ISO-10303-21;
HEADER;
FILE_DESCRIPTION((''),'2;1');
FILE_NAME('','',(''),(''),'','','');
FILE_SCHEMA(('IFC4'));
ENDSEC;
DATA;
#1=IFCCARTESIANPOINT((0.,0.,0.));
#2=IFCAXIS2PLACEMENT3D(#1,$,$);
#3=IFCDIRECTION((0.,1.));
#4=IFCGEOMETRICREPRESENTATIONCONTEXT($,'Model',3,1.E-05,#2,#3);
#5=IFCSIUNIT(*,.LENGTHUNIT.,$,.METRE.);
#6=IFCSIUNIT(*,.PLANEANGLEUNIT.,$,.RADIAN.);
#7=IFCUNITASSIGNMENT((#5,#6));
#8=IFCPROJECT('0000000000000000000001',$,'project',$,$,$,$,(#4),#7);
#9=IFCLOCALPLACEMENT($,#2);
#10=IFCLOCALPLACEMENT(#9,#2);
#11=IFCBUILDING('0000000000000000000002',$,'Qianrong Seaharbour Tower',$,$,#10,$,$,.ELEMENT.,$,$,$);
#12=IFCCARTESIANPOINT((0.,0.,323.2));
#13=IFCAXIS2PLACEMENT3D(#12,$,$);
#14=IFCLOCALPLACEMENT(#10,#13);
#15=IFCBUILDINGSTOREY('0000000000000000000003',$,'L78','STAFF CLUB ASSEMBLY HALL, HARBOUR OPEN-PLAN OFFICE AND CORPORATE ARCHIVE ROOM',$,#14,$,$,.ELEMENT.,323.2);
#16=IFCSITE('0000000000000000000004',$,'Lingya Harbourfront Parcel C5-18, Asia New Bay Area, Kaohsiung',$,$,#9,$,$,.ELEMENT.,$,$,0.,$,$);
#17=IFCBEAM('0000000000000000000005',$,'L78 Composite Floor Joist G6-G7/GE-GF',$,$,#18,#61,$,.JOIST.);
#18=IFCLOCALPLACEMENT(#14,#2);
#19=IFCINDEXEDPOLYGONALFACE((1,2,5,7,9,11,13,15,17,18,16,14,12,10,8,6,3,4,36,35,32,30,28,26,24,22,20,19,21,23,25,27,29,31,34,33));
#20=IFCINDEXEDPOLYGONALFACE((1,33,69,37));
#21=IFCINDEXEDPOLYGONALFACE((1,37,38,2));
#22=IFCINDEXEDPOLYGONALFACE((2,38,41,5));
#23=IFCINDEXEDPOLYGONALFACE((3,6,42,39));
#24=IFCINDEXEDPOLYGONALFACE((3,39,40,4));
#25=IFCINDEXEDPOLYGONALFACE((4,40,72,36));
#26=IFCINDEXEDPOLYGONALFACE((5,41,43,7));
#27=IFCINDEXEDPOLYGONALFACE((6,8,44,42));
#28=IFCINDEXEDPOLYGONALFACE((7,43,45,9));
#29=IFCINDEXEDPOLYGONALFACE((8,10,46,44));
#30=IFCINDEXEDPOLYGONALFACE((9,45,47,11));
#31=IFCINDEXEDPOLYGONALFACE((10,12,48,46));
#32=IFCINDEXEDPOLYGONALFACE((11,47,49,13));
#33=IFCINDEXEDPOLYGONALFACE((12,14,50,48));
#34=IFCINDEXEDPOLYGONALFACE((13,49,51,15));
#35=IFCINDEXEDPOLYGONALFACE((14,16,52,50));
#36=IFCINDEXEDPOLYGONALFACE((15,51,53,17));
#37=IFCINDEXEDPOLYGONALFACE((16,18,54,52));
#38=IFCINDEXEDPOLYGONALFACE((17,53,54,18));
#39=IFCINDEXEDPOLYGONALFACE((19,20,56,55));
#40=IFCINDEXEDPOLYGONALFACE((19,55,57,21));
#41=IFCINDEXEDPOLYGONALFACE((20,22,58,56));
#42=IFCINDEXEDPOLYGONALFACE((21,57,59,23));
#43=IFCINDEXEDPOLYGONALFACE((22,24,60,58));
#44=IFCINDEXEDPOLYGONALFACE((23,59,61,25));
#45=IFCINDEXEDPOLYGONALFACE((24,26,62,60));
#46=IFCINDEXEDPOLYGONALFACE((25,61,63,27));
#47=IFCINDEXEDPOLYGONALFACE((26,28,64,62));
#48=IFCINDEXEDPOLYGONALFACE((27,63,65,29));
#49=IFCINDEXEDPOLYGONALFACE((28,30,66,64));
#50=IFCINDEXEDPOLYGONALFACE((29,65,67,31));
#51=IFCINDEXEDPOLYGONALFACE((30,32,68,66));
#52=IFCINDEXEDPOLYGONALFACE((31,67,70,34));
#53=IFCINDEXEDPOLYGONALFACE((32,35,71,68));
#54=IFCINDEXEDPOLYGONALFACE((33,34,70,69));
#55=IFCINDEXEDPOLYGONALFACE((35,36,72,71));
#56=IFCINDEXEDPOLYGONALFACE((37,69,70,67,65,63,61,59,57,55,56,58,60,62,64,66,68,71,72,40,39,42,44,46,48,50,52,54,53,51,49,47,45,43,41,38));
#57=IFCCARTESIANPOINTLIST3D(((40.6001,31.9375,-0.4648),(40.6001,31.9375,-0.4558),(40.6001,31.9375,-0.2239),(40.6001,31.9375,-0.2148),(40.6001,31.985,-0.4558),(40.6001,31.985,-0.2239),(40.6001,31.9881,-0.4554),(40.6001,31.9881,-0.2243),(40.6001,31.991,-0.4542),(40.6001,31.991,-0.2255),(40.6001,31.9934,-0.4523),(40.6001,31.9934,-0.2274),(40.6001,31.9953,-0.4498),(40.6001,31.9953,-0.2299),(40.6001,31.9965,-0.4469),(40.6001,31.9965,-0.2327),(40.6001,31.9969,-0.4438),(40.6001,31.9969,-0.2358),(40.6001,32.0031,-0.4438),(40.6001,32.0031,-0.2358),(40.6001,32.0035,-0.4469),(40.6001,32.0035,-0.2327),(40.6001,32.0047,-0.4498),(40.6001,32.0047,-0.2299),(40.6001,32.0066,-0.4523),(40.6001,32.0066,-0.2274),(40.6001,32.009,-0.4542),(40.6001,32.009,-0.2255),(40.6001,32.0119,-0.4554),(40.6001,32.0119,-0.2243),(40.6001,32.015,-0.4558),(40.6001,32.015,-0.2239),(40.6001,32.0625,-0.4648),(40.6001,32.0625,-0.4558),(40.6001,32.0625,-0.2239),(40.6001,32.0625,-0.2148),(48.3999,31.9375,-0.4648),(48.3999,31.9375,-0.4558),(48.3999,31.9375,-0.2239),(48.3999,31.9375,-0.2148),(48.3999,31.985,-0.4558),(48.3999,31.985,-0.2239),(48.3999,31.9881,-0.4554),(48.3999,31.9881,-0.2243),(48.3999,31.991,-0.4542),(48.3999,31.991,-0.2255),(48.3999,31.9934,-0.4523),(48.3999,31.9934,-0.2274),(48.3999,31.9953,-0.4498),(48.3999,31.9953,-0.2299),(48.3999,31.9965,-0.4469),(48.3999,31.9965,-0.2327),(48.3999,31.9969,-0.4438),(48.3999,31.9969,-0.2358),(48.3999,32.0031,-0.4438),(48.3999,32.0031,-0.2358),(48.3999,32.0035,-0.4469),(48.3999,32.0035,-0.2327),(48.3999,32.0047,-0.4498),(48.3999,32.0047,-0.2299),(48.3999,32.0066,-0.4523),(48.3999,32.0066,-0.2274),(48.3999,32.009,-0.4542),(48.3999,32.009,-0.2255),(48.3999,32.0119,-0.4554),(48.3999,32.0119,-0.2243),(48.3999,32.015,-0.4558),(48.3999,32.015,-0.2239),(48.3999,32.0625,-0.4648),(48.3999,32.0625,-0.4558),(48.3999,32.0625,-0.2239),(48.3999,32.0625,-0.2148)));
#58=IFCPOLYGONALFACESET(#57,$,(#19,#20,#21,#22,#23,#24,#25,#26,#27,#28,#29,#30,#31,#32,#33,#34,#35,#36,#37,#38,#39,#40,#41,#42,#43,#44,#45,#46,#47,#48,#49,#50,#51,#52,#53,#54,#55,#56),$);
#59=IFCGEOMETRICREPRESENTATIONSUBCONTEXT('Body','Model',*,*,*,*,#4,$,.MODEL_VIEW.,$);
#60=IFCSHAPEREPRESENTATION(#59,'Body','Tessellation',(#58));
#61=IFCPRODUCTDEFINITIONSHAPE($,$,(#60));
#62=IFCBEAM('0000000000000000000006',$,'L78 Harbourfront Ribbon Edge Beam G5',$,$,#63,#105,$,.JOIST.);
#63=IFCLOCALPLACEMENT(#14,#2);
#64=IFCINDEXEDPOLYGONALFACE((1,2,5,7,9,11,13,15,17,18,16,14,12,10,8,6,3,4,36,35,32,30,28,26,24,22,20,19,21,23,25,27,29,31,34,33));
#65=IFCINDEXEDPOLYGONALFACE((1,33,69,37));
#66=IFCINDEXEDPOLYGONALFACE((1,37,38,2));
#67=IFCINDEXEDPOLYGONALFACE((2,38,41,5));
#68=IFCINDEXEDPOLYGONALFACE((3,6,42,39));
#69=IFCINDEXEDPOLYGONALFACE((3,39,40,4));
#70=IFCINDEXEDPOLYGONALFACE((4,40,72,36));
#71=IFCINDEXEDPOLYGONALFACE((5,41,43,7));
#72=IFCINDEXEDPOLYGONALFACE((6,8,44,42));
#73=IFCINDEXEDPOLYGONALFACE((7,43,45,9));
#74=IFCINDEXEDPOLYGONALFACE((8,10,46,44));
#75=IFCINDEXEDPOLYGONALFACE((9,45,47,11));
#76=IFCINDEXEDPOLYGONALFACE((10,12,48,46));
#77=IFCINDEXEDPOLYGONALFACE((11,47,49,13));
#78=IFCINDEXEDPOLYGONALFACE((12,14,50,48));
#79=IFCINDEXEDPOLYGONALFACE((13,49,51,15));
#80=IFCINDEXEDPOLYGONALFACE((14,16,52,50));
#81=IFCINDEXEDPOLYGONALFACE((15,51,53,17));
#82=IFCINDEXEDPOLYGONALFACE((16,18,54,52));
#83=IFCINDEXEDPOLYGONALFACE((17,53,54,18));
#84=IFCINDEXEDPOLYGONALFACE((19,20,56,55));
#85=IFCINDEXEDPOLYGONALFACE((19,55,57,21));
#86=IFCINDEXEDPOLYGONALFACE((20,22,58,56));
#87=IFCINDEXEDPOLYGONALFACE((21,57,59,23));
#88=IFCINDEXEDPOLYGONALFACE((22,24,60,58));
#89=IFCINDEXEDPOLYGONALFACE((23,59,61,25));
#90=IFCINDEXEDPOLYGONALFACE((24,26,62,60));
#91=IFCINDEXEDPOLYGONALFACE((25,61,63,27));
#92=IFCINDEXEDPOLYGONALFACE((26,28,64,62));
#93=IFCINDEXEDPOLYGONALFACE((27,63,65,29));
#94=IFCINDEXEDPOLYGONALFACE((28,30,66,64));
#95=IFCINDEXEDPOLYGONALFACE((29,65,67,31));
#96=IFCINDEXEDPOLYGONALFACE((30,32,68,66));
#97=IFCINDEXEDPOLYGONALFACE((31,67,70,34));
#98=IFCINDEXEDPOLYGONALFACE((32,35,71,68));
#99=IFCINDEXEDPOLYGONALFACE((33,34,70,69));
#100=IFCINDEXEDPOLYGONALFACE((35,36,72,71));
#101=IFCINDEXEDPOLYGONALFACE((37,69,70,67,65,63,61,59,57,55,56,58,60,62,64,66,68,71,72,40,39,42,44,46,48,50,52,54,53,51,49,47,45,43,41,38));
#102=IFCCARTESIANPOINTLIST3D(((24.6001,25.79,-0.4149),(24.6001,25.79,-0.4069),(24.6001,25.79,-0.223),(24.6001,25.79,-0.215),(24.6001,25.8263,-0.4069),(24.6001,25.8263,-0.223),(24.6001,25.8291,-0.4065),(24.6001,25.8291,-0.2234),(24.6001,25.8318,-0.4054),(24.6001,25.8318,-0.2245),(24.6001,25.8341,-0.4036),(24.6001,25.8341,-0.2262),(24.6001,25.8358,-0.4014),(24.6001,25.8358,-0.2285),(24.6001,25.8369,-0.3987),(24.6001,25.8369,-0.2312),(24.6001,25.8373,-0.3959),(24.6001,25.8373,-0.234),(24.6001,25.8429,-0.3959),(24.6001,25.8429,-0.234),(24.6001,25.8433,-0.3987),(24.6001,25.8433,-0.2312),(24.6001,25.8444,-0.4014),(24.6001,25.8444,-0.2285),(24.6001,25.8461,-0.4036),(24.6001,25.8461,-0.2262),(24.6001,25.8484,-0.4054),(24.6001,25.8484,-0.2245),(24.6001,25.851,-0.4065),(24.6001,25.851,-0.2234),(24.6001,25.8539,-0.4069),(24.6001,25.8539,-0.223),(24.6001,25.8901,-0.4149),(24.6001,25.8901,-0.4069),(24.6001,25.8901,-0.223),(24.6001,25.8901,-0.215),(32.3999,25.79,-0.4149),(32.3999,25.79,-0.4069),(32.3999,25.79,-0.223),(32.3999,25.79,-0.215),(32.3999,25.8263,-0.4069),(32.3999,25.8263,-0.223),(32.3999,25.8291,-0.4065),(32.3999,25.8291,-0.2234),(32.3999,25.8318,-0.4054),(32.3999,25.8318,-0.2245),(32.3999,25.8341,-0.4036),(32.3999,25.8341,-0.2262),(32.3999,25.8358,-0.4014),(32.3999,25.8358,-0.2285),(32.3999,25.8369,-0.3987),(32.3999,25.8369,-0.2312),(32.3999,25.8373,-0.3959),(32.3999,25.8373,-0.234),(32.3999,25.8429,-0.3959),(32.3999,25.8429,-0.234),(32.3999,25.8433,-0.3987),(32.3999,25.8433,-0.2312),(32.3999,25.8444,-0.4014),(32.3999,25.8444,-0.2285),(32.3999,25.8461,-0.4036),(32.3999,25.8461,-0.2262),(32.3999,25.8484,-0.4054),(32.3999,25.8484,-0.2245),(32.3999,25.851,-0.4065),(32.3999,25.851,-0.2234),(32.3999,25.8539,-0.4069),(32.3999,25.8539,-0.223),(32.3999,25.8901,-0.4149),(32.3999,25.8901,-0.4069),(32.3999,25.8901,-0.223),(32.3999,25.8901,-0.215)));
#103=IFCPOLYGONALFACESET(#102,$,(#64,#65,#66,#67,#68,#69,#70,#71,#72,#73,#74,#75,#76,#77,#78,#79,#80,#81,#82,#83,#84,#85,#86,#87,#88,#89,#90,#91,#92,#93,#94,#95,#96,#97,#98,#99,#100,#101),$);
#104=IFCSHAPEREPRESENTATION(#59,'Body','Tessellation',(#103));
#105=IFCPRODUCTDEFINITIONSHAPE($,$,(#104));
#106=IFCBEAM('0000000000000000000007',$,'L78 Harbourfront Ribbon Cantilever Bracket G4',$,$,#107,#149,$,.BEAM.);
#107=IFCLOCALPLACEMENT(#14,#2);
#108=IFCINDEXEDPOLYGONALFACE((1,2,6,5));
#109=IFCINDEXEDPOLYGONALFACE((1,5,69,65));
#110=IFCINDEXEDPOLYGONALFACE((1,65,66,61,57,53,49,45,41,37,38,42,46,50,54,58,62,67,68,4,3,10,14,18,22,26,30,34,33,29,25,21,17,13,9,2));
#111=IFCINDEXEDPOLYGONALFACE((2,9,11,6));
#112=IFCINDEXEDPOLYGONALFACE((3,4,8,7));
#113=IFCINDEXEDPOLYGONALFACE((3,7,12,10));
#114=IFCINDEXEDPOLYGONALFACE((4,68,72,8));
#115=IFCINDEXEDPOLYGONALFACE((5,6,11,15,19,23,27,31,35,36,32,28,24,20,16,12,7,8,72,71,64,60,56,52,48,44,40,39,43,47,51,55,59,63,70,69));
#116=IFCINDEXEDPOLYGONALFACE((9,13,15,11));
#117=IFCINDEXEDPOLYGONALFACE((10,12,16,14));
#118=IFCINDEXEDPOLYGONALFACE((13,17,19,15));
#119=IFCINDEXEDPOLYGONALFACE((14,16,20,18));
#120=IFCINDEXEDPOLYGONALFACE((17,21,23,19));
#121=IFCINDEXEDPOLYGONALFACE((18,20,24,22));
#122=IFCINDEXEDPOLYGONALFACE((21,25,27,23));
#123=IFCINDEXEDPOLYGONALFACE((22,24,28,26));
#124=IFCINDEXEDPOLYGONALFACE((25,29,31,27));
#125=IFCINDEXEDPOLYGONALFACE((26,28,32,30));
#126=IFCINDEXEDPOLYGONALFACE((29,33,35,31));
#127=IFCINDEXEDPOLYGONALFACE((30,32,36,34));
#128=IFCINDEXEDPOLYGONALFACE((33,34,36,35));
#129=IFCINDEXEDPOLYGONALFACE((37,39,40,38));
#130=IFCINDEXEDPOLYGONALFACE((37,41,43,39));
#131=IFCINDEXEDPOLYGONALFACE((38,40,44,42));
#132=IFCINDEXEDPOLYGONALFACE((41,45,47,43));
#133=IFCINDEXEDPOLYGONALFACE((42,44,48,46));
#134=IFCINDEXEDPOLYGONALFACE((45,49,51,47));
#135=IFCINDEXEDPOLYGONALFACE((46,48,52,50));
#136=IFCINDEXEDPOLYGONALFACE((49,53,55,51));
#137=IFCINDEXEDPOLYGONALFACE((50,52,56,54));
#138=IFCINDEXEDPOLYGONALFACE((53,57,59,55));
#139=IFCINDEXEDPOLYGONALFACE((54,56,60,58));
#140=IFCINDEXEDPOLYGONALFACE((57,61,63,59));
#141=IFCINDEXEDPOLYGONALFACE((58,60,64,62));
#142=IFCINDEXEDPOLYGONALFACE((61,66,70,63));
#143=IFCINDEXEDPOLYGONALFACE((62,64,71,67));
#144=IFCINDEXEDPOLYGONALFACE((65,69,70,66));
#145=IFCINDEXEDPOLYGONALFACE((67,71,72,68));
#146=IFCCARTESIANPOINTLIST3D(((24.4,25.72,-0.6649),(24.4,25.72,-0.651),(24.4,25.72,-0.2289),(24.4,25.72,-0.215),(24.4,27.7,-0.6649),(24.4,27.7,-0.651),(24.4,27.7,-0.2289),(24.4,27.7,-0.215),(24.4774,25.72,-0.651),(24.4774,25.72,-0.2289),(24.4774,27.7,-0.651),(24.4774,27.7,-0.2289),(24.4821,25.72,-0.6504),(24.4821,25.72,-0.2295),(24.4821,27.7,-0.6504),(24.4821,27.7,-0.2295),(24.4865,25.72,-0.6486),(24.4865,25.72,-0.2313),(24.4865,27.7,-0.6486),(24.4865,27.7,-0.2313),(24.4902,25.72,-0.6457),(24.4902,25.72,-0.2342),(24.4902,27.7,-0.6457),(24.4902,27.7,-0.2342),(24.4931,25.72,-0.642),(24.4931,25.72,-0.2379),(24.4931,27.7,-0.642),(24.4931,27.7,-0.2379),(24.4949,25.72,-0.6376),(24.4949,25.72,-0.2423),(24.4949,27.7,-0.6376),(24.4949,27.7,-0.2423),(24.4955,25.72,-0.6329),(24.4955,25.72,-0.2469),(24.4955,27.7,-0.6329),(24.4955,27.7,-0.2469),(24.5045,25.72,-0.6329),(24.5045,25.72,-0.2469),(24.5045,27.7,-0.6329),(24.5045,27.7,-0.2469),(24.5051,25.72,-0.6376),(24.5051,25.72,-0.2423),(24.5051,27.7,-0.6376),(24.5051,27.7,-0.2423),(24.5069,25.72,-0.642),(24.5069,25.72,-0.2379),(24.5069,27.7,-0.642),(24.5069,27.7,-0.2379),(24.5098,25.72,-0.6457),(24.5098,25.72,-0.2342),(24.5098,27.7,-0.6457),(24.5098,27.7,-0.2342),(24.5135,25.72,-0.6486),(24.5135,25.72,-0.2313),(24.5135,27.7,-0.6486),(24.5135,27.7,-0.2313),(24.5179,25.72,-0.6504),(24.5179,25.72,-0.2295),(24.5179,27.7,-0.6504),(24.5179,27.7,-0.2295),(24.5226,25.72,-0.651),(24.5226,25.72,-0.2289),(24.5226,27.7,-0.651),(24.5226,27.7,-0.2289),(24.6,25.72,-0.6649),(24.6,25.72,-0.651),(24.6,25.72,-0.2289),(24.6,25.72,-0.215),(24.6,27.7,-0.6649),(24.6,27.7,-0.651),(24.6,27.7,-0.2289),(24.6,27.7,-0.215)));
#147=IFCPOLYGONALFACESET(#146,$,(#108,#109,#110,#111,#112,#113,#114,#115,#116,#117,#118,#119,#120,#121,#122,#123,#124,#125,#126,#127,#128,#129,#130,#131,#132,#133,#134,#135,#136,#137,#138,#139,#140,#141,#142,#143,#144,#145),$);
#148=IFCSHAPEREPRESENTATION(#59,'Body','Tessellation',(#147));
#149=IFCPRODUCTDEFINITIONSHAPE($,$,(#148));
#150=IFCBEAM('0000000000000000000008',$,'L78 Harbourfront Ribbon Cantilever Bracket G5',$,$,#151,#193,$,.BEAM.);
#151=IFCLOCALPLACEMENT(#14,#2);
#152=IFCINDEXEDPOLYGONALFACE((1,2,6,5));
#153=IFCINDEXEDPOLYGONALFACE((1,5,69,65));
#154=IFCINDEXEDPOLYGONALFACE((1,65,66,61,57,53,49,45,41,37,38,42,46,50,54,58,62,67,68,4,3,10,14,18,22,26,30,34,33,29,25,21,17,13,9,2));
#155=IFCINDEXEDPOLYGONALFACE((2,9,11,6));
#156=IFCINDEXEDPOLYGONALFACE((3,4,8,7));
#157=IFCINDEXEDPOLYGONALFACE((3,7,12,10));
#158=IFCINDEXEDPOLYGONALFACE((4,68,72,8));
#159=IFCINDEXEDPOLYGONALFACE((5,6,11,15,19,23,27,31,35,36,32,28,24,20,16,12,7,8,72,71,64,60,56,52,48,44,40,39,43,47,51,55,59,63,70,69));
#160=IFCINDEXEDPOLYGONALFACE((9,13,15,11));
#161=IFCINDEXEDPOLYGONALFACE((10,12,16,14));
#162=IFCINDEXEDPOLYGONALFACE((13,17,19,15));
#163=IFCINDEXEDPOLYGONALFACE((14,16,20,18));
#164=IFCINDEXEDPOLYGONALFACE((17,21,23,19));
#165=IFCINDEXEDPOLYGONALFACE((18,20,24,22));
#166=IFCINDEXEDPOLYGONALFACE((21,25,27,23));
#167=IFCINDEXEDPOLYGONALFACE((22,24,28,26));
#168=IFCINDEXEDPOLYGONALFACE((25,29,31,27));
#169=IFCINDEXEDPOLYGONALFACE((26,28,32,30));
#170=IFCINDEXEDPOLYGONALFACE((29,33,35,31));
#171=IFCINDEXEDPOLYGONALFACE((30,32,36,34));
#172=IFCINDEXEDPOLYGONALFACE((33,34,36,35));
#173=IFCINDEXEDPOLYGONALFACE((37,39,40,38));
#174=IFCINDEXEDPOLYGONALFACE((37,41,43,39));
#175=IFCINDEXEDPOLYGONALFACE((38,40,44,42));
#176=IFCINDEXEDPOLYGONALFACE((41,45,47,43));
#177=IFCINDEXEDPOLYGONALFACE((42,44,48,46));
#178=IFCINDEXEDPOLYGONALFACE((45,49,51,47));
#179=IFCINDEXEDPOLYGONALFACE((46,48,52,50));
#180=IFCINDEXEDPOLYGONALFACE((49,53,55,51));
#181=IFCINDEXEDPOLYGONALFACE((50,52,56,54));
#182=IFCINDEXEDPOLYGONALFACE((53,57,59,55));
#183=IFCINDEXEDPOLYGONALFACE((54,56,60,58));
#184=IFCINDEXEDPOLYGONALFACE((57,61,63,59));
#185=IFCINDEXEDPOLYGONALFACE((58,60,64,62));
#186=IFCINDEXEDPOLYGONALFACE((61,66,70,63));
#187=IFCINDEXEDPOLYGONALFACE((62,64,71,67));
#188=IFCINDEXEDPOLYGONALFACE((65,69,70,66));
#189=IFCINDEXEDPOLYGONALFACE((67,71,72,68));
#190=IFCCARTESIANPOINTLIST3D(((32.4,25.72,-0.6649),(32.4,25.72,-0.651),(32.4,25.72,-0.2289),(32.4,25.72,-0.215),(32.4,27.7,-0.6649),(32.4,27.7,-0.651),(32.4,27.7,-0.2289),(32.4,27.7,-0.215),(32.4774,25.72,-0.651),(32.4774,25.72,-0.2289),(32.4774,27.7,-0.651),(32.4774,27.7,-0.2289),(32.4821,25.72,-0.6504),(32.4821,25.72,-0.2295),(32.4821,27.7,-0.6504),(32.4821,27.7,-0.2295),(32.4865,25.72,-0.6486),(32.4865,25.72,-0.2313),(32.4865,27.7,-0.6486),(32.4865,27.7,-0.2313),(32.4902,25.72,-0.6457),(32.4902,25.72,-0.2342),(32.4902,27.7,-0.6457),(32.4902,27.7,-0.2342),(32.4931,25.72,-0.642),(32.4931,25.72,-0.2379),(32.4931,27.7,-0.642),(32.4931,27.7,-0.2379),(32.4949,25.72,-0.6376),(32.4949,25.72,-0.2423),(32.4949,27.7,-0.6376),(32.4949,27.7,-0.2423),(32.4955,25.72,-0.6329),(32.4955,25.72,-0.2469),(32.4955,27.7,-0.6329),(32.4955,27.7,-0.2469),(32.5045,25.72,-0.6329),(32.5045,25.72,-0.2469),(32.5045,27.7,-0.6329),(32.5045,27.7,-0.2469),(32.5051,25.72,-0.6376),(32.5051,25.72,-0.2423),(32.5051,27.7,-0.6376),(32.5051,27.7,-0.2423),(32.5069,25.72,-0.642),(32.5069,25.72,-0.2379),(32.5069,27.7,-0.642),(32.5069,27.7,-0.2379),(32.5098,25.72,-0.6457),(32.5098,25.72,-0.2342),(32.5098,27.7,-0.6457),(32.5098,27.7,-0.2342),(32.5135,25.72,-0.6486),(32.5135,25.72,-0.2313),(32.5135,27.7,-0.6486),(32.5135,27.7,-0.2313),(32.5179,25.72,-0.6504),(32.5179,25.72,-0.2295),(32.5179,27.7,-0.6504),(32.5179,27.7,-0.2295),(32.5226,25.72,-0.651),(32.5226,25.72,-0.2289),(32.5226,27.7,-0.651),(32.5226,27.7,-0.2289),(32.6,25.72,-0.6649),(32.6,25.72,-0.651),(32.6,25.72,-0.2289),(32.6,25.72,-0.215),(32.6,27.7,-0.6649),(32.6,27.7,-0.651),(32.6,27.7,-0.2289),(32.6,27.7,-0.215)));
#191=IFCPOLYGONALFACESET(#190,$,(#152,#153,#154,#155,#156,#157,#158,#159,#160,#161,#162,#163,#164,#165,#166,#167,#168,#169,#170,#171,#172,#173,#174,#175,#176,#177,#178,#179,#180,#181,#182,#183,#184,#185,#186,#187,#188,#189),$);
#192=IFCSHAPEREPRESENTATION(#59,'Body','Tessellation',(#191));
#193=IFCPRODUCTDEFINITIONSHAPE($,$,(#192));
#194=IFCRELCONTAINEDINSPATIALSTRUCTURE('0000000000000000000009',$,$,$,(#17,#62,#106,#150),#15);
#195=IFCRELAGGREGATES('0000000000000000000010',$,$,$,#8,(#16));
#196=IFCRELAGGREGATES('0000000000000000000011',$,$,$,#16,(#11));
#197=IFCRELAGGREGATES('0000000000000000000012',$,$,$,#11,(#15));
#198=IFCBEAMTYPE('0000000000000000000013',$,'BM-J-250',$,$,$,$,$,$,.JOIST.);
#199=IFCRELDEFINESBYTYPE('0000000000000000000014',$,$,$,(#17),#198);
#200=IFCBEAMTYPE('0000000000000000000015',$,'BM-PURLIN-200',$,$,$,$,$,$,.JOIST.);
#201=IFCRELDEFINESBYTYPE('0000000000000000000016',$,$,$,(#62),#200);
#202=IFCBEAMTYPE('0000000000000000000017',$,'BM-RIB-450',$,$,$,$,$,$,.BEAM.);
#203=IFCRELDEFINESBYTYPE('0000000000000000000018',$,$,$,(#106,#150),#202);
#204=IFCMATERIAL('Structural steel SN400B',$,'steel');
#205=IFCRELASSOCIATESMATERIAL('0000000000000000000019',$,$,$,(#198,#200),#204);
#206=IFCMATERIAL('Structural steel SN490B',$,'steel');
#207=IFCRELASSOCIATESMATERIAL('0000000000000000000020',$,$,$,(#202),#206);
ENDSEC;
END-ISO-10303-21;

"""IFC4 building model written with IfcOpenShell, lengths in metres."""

from ifc_helpers import new_model, si_unit, direction, frame, origin, origin_2d, place, context, subcontext, project, spatial, i_section, extrude, material, material_profile, profile_set, type_object, element, save


model = new_model("IFC4")

# Units and contexts
model_context = context("Model", 3, precision=1e-05, world=origin(), true_north=direction((0.0, 1.0)))
body_context = subcontext(model_context, "Body", "Model", "MODEL_VIEW")
ifc_project = project(units=[si_unit("LENGTHUNIT", "METRE"), si_unit("PLANEANGLEUNIT", "RADIAN")], contexts=[model_context])

# Site, building, storey
site_placement = place(None, origin())
site = spatial("IfcSite", under=ifc_project, at=site_placement, Name="Lingya Harbourfront Parcel C5-18, Asia New Bay Area, Kaohsiung", CompositionType="ELEMENT", RefElevation=0.0)
building_placement = place(site_placement, origin())
building = spatial("IfcBuilding", under=site, at=building_placement, Name="Qianrong Seaharbour Tower", CompositionType="ELEMENT")
storey_placement = place(building_placement, frame((0.0, 0.0, 323.2)))
storey = spatial("IfcBuildingStorey", under=building, at=storey_placement, Name="L78", Description="STAFF CLUB ASSEMBLY HALL, HARBOUR OPEN-PLAN OFFICE AND CORPORATE ARCHIVE ROOM", CompositionType="ELEMENT", Elevation=323.2)

# Shared definitions
ifc_material_1 = material(Name="Structural steel SN490B", Category="steel")
ifc_material_2 = material(Name="Structural steel SN400B", Category="steel")

# Beams
ifc_material_profile_1 = material_profile(ifc_material_2, i_section(OverallWidth=0.125, OverallDepth=0.25, WebThickness=0.0061, FlangeThickness=0.009, FilletRadius=0.012, at=origin_2d()), Name="H250x125x6x9")
ifc_profile_set_1 = profile_set([ifc_material_profile_1], Name="Structural steel SN400B")
beam_type_1 = type_object("IfcBeamType", Name="BM-J-250", PredefinedType="JOIST", material=ifc_profile_set_1)
for number, where, z_axis, x_axis, name in (
    (1, (40.6001, 32.0, -0.3398), (1.0, 0.0, 0.0), (0.0, 1.0, 0.0), "L78 Composite Floor Joist G6-G7/GE-GF"),
):
    element("IfcBeam", number, at=place(storey_placement, frame(where, z_axis=z_axis, x_axis=x_axis)), inside=storey, type_object=beam_type_1, Name=name, PredefinedType="JOIST", context=body_context, shape_type="SweptSolid", body=[
        extrude(i_section(OverallWidth=0.125, OverallDepth=0.25, WebThickness=0.0061, FlangeThickness=0.009, FilletRadius=0.012, at=origin_2d()), origin(), (0.0, 0.0, 1.0), 7.7998),
    ])
ifc_material_profile_2 = material_profile(ifc_material_2, i_section(OverallWidth=0.1001, OverallDepth=0.2, WebThickness=0.0056, FlangeThickness=0.0081, FilletRadius=0.011, at=origin_2d()), Name="H200x100x5.5x8")
ifc_profile_set_2 = profile_set([ifc_material_profile_2], Name="Structural steel SN400B")
beam_type_2 = type_object("IfcBeamType", Name="BM-PURLIN-200", PredefinedType="JOIST", material=ifc_profile_set_2)
beam_1_placement = place(storey_placement, frame((24.6001, 25.8401, -0.3149), z_axis=(1.0, 0.0, 0.0), x_axis=(0.0, 1.0, 0.0)))
element("IfcBeam", 2, at=beam_1_placement, inside=storey, type_object=beam_type_2, Name="L78 Harbourfront Ribbon Edge Beam G5", PredefinedType="JOIST", context=body_context, shape_type="SweptSolid", body=[
    extrude(i_section(OverallWidth=0.1001, OverallDepth=0.2, WebThickness=0.0056, FlangeThickness=0.0081, FilletRadius=0.011, at=origin_2d()), origin(), (0.0, 0.0, 1.0), 7.7998),
])
ifc_material_profile_3 = material_profile(ifc_material_1, i_section(OverallWidth=0.2, OverallDepth=0.45, WebThickness=0.009, FlangeThickness=0.0139, FilletRadius=0.0181, at=origin_2d()), Name="H450x200x9x14")
ifc_profile_set_3 = profile_set([ifc_material_profile_3], Name="Structural steel SN490B")
beam_type_3 = type_object("IfcBeamType", Name="BM-RIB-450", PredefinedType="BEAM", material=ifc_profile_set_3)
for number, where, z_axis, x_axis, name in (
    (3, (24.5, 27.7, -0.4399), (0.0, -1.0, 0.0), (1.0, 0.0, 0.0), "L78 Harbourfront Ribbon Cantilever Bracket G4"),
    (4, (32.5, 27.7, -0.4399), (0.0, -1.0, 0.0), (1.0, 0.0, 0.0), "L78 Harbourfront Ribbon Cantilever Bracket G5"),
):
    element("IfcBeam", number, at=place(storey_placement, frame(where, z_axis=z_axis, x_axis=x_axis)), inside=storey, type_object=beam_type_3, Name=name, PredefinedType="BEAM", context=body_context, shape_type="SweptSolid", body=[
        extrude(i_section(OverallWidth=0.2, OverallDepth=0.45, WebThickness=0.009, FlangeThickness=0.0139, FilletRadius=0.0181, at=origin_2d()), origin(), (0.0, 0.0, 1.0), 1.98),
    ])

save(model, "model.ifc")
